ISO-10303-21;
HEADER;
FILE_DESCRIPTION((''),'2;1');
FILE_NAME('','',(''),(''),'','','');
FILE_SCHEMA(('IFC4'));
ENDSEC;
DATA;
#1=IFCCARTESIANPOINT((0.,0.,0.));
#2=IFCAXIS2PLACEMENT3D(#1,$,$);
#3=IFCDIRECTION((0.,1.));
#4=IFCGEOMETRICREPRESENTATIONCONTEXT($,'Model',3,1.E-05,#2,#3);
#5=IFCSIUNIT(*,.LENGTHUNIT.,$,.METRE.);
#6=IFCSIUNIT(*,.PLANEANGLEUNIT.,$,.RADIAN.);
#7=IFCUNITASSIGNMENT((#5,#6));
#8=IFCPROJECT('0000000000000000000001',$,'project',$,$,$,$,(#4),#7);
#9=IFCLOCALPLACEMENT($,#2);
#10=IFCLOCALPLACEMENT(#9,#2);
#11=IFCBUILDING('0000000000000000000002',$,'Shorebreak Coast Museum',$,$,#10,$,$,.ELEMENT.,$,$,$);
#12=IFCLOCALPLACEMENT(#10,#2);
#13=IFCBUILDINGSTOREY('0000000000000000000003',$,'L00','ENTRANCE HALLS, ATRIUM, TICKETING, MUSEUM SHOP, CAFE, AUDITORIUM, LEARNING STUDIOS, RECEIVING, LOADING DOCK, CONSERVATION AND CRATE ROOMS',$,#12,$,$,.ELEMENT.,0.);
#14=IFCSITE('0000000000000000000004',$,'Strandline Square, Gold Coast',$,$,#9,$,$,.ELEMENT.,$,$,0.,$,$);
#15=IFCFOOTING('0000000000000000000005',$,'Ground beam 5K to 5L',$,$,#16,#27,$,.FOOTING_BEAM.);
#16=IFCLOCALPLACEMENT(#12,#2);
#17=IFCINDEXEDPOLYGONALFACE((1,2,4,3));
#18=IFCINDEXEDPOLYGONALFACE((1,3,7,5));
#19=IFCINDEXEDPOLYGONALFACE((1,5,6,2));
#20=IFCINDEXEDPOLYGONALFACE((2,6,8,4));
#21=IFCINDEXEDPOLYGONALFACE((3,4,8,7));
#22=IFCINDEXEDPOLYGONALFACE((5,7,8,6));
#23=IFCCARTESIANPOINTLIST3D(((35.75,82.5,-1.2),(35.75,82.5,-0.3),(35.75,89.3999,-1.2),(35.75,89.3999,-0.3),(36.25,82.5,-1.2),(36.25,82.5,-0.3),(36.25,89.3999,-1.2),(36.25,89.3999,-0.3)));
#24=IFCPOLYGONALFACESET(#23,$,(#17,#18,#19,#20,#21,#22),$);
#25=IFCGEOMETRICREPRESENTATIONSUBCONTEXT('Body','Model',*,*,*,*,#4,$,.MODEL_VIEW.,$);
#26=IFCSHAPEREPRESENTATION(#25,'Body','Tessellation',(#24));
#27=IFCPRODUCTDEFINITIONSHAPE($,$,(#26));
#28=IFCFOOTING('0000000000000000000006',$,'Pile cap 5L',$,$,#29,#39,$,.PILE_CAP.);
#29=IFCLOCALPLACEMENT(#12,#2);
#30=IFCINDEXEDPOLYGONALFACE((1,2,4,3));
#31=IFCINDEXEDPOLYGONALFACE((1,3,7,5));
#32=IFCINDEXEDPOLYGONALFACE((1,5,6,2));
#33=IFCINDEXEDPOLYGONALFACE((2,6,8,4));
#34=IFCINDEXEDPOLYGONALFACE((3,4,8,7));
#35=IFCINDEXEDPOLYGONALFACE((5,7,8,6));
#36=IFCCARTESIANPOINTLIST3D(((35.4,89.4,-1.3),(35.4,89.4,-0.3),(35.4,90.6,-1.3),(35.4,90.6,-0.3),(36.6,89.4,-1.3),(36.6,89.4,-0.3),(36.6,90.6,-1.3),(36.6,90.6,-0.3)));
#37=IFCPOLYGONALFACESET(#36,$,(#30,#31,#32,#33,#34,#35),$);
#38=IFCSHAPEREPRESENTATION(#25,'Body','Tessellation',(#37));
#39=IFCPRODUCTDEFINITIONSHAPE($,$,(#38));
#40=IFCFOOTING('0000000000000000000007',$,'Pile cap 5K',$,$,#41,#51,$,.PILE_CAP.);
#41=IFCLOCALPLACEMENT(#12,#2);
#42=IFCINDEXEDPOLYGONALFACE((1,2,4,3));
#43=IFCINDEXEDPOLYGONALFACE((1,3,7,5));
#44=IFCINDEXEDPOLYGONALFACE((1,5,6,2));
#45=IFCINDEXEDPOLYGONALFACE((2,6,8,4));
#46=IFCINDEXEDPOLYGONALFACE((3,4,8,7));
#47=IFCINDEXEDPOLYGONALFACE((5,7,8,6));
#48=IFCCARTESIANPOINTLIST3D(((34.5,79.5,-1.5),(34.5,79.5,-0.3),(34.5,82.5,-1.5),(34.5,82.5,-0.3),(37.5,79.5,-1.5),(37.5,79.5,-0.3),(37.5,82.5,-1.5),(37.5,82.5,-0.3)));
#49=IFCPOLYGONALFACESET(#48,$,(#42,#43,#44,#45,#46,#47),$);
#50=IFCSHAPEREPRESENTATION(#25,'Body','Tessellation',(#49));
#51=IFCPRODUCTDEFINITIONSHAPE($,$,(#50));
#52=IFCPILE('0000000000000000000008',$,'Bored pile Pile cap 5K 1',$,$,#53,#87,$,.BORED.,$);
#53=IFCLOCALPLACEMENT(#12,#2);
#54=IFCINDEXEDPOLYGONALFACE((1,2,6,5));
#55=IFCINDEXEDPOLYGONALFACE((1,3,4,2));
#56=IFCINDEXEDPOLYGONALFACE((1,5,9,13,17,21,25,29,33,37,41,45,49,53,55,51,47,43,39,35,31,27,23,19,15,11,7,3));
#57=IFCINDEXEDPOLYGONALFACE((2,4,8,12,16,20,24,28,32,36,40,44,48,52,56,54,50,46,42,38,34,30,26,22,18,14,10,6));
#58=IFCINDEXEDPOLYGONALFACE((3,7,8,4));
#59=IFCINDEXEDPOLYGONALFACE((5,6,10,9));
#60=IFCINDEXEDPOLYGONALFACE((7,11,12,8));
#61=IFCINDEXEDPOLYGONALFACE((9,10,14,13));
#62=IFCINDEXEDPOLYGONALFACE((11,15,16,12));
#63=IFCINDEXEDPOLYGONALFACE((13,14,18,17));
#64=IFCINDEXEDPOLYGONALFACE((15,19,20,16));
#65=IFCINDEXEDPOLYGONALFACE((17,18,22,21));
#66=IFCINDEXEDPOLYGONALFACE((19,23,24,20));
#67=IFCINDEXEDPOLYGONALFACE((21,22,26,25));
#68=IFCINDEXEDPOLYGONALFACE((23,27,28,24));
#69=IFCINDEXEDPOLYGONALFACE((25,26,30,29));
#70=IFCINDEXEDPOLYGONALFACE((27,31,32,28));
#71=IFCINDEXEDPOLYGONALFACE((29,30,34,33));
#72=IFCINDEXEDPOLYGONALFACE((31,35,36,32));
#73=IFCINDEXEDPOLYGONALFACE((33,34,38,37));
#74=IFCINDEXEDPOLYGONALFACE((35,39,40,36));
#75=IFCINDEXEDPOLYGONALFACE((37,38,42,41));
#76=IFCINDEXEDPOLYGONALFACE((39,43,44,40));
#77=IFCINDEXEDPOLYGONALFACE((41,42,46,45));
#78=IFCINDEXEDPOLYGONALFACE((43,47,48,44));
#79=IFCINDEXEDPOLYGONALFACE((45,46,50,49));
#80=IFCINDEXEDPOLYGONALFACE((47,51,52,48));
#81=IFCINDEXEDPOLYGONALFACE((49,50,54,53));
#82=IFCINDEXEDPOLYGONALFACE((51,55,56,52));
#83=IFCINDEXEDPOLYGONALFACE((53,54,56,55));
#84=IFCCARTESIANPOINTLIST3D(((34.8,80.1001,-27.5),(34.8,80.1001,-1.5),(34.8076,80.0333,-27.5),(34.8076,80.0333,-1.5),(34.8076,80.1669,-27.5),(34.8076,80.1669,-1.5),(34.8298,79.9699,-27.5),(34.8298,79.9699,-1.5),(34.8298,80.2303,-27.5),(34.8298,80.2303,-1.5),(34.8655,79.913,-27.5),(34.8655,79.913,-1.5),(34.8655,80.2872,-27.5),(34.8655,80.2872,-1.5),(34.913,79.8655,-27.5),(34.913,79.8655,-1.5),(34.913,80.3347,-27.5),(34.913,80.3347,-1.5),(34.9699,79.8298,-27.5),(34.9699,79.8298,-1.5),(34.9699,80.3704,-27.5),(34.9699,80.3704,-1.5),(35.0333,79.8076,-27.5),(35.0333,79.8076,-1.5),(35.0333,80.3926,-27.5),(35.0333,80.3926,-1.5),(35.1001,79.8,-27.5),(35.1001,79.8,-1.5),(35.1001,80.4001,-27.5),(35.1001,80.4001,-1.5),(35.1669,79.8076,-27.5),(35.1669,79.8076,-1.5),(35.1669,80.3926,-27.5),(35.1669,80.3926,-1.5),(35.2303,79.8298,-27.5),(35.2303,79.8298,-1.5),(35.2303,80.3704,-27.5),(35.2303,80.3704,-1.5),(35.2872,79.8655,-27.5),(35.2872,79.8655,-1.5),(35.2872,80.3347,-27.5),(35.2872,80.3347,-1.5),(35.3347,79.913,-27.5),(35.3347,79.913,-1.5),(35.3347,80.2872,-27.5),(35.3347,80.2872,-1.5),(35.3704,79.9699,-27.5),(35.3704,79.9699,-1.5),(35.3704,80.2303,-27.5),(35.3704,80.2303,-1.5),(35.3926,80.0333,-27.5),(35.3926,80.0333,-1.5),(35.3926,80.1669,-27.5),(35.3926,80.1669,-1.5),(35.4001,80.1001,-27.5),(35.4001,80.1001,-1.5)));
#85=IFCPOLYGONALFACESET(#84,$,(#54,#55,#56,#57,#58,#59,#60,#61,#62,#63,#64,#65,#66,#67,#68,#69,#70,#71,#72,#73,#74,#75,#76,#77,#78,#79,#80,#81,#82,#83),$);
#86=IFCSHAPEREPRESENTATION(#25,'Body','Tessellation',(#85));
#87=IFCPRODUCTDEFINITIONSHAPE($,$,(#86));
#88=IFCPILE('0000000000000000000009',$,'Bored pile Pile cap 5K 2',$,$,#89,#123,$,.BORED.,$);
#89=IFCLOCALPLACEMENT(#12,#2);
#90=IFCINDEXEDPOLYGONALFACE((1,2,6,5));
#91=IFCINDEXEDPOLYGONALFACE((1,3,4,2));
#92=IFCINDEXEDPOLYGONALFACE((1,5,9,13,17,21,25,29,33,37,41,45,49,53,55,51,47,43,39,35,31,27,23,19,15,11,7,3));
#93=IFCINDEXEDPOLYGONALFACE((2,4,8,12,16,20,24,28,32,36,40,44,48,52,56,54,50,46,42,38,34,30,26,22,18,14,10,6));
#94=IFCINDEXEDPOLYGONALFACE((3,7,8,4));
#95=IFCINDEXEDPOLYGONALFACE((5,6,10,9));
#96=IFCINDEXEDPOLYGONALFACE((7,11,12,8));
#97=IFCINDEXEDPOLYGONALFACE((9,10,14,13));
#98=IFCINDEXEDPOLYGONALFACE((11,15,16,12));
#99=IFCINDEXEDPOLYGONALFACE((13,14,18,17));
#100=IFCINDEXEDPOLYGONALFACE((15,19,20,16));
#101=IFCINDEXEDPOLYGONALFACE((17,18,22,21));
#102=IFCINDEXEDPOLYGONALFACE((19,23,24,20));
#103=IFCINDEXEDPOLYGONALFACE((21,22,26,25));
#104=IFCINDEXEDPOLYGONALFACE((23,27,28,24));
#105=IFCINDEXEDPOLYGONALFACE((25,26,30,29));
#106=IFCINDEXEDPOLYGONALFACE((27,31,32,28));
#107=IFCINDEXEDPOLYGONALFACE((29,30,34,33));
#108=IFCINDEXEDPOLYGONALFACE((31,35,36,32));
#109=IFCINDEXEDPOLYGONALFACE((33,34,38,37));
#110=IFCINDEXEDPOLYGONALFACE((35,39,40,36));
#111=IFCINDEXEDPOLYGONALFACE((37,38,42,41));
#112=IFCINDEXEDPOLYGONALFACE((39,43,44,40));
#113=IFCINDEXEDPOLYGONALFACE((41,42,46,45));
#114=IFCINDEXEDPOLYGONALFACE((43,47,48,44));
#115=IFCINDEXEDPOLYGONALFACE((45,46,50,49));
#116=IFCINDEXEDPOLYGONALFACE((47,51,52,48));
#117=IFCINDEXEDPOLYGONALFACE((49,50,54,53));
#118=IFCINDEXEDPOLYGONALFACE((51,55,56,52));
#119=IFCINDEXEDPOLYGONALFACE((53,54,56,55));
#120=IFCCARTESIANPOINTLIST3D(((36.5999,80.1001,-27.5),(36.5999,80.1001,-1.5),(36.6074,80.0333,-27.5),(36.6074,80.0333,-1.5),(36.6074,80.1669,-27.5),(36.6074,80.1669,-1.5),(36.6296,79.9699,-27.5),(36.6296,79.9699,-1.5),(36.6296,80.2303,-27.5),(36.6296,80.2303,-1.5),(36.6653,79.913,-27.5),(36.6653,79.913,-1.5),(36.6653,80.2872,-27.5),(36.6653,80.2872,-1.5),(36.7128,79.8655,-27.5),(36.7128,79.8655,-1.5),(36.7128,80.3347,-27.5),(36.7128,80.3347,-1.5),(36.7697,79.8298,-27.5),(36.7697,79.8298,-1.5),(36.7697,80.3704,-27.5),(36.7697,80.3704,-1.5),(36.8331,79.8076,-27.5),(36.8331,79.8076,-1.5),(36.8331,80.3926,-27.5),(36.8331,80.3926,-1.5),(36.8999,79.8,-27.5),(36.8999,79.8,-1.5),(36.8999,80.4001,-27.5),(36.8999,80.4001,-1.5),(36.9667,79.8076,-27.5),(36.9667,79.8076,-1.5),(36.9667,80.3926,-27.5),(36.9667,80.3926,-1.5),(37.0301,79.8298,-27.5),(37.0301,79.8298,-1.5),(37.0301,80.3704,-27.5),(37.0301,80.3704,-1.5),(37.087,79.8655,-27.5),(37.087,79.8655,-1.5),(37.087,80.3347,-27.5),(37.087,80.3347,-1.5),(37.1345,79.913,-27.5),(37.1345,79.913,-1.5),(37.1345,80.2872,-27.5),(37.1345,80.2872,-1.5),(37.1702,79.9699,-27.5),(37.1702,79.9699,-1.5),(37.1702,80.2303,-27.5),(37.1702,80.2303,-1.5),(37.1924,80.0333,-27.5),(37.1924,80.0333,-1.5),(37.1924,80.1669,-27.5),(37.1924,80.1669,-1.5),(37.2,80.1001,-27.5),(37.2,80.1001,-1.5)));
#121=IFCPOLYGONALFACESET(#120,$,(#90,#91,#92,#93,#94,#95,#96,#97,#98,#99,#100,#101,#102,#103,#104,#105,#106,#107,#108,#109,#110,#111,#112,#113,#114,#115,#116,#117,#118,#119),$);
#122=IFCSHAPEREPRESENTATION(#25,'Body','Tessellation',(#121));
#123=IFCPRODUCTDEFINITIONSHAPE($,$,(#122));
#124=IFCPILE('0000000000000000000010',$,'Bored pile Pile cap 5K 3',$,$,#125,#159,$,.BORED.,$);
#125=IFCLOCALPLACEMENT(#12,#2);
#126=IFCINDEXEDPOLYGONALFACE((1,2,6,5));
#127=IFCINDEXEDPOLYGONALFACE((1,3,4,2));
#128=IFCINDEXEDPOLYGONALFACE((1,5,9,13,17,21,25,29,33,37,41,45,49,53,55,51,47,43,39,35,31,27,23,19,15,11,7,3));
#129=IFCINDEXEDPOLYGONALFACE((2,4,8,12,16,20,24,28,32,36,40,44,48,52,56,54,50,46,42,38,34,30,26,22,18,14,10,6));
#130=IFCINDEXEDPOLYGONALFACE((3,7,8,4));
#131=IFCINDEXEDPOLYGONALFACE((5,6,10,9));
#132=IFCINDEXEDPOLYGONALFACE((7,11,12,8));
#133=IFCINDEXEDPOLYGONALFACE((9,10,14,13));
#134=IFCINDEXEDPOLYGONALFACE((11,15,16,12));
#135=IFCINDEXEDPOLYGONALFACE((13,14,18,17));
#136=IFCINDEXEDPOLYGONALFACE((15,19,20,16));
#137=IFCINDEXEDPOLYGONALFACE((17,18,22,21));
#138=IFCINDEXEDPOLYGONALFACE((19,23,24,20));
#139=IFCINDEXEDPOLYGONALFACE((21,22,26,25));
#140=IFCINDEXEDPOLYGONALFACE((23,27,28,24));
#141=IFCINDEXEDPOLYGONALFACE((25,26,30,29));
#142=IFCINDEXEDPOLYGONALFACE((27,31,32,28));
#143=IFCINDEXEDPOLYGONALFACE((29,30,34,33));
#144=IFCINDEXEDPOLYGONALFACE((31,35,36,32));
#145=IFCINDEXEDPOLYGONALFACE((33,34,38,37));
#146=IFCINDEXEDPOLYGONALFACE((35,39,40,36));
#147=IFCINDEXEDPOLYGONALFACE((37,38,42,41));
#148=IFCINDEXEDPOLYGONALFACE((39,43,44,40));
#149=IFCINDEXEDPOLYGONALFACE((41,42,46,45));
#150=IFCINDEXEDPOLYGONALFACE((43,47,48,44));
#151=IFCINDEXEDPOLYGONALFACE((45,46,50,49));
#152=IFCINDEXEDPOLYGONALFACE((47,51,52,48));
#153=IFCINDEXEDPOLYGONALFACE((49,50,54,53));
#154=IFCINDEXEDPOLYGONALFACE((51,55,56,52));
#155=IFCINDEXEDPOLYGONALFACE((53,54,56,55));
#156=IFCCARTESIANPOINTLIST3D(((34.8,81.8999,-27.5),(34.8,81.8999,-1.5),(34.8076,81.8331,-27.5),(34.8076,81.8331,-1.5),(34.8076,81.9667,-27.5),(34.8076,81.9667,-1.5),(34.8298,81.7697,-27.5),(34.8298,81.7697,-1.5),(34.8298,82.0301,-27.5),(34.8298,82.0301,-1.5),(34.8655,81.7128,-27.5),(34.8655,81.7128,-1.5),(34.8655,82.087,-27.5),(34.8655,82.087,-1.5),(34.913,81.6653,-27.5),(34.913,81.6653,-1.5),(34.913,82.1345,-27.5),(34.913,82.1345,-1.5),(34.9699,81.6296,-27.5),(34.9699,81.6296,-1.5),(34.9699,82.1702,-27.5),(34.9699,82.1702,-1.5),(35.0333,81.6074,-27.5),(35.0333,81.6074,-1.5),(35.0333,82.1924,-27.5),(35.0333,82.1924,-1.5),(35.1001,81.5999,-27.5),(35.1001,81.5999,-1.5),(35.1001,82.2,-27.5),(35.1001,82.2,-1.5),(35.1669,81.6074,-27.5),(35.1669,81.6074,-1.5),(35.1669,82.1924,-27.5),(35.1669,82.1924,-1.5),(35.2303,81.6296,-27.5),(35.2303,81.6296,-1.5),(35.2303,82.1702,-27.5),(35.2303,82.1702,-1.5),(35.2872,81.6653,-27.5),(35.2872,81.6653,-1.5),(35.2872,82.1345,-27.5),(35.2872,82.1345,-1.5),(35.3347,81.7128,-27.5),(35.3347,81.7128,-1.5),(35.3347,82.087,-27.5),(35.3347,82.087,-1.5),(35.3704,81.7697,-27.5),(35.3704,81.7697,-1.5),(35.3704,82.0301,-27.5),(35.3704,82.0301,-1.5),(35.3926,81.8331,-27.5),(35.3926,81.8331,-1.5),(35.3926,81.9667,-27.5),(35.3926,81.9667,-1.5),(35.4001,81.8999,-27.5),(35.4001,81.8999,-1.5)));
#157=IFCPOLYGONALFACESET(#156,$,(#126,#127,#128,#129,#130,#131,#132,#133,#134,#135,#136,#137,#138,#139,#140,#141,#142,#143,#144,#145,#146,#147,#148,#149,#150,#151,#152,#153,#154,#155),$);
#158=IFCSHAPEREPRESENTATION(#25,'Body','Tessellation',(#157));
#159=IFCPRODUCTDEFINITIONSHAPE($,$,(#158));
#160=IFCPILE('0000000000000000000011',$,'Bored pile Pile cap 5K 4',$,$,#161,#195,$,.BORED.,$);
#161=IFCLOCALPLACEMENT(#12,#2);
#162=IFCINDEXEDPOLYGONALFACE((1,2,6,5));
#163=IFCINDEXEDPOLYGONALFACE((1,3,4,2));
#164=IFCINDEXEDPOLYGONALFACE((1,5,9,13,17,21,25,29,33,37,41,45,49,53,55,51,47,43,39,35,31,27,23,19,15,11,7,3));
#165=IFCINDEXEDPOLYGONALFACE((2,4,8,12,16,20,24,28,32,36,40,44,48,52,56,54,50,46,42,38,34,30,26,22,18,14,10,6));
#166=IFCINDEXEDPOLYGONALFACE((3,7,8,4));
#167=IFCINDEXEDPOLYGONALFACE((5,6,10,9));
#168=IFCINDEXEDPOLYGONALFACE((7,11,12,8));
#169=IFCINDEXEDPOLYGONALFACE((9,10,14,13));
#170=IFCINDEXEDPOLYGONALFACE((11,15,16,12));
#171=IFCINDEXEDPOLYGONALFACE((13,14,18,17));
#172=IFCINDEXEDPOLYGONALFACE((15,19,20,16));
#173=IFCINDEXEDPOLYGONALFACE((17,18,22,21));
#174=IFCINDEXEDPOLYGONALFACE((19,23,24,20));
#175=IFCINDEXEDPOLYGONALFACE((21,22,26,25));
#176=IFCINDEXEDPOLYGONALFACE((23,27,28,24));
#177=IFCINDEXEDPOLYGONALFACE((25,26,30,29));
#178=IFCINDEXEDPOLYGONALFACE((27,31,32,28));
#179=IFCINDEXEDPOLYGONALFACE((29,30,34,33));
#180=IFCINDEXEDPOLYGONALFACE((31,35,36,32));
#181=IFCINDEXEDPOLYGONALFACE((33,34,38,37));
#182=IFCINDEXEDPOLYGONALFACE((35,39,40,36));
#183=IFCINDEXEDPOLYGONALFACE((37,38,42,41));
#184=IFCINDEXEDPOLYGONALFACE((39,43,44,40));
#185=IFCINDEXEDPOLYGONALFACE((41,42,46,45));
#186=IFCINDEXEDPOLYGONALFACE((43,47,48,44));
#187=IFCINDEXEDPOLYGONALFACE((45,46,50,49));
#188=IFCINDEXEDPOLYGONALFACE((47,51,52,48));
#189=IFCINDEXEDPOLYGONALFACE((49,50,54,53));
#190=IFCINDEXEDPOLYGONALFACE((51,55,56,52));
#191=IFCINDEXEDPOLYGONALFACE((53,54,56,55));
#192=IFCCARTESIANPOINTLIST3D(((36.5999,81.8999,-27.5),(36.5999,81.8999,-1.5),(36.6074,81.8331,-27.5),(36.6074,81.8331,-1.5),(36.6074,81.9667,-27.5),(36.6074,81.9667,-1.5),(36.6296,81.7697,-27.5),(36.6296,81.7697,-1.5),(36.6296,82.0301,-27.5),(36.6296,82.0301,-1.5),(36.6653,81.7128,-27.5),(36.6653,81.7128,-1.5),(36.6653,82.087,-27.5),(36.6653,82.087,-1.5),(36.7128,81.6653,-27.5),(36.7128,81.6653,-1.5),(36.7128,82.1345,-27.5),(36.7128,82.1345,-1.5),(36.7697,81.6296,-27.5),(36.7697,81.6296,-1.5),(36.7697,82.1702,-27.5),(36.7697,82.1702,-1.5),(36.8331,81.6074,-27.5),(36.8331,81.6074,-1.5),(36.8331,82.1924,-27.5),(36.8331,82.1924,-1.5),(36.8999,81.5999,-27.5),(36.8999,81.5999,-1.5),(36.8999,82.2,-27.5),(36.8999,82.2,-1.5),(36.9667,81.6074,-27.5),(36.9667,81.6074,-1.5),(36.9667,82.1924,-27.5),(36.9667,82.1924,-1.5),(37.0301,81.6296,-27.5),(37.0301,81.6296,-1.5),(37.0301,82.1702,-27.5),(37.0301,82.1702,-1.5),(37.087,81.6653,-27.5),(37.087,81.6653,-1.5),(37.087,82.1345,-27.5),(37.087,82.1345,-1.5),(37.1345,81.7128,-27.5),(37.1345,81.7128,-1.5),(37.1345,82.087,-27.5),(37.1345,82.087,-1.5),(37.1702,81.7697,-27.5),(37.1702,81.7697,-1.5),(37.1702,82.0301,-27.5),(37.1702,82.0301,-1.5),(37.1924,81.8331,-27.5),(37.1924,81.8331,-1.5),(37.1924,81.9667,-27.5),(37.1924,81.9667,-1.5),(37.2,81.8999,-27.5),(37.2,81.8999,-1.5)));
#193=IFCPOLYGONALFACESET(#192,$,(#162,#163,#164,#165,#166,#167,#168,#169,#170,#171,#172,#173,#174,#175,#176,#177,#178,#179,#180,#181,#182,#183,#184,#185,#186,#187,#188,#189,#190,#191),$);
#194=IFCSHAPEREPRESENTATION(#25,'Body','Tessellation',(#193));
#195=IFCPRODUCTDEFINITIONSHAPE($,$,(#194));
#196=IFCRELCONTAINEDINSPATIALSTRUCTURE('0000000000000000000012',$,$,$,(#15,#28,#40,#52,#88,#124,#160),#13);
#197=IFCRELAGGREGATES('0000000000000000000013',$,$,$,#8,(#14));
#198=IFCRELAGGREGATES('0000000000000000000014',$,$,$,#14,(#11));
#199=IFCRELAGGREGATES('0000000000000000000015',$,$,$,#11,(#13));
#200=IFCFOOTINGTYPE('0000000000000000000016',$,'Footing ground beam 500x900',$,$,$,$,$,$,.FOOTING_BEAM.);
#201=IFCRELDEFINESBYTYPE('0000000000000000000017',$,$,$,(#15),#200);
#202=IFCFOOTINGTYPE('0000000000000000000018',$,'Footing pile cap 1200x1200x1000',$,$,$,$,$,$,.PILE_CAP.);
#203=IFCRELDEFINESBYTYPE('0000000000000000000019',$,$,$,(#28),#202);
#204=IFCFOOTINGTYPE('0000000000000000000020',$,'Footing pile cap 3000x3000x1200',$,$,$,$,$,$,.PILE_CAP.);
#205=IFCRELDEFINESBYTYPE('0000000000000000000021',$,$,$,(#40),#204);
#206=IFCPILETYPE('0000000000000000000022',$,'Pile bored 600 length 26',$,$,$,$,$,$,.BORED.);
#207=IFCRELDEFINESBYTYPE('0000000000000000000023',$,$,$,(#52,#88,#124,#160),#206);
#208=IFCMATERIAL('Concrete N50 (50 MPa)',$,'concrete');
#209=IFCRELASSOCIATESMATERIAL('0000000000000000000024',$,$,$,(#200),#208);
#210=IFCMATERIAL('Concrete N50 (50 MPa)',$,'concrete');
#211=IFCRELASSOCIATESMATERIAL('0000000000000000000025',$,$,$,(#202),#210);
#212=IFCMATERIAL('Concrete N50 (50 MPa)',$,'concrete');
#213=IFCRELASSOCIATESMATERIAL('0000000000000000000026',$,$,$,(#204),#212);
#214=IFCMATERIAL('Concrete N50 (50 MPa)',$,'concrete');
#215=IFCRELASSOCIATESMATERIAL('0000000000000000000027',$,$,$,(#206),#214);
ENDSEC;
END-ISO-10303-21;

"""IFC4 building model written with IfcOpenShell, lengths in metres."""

from ifc_helpers import new_model, si_unit, direction, frame, origin, origin_2d, place, context, subcontext, project, spatial, rectangle, circle, extrude, material, material_profile, profile_set, type_object, element, save


model = new_model("IFC4")

# Units and contexts
model_context = context("Model", 3, precision=1e-05, world=origin(), true_north=direction((0.0, 1.0)))
body_context = subcontext(model_context, "Body", "Model", "MODEL_VIEW")
ifc_project = project(units=[si_unit("LENGTHUNIT", "METRE"), si_unit("PLANEANGLEUNIT", "RADIAN")], contexts=[model_context])

# Site, building, storey
site_placement = place(None, origin())
site = spatial("IfcSite", under=ifc_project, at=site_placement, Name="Strandline Square, Gold Coast", CompositionType="ELEMENT", RefElevation=0.0)
building_placement = place(site_placement, origin())
building = spatial("IfcBuilding", under=site, at=building_placement, Name="Shorebreak Coast Museum", CompositionType="ELEMENT")
storey_placement = place(building_placement, origin())
storey = spatial("IfcBuildingStorey", under=building, at=storey_placement, Name="L00", Description="ENTRANCE HALLS, ATRIUM, TICKETING, MUSEUM SHOP, CAFE, AUDITORIUM, LEARNING STUDIOS, RECEIVING, LOADING DOCK, CONSERVATION AND CRATE ROOMS", CompositionType="ELEMENT", Elevation=0.0)

# Footings
ifc_material_1 = material(Name="Concrete N50 (50 MPa)", Category="concrete")
footing_type_1 = type_object("IfcFootingType", Name="Footing ground beam 500x900", PredefinedType="FOOTING_BEAM", material=ifc_material_1)
footing_1_placement = place(storey_placement, frame((36.0, 85.95, -1.2), z_axis=(0.0, 0.0, 1.0), x_axis=(1.0, 0.0, 0.0)))
element("IfcFooting", 1, at=footing_1_placement, inside=storey, type_object=footing_type_1, Name="Ground beam 5K to 5L", PredefinedType="FOOTING_BEAM", context=body_context, shape_type="SweptSolid", body=[
    extrude(rectangle(XDim=0.5, YDim=6.8999, at=origin_2d()), origin(), (0.0, 0.0, 1.0), 0.8999),
])
ifc_material_2 = material(Name="Concrete N50 (50 MPa)", Category="concrete")
footing_type_2 = type_object("IfcFootingType", Name="Footing pile cap 1200x1200x1000", PredefinedType="PILE_CAP", material=ifc_material_2)
footing_2_placement = place(storey_placement, frame((36.0, 90.0, -1.3), z_axis=(0.0, 0.0, 1.0), x_axis=(1.0, 0.0, 0.0)))
element("IfcFooting", 2, at=footing_2_placement, inside=storey, type_object=footing_type_2, Name="Pile cap 5L", PredefinedType="PILE_CAP", context=body_context, shape_type="SweptSolid", body=[
    extrude(rectangle(XDim=1.2, YDim=1.2, at=origin_2d()), origin(), (0.0, 0.0, 1.0), 1.0),
])
ifc_material_3 = material(Name="Concrete N50 (50 MPa)", Category="concrete")
footing_type_3 = type_object("IfcFootingType", Name="Footing pile cap 3000x3000x1200", PredefinedType="PILE_CAP", material=ifc_material_3)
footing_3_placement = place(storey_placement, frame((36.0, 81.0, -1.5), z_axis=(0.0, 0.0, 1.0), x_axis=(1.0, 0.0, 0.0)))
element("IfcFooting", 3, at=footing_3_placement, inside=storey, type_object=footing_type_3, Name="Pile cap 5K", PredefinedType="PILE_CAP", context=body_context, shape_type="SweptSolid", body=[
    extrude(rectangle(XDim=3.0, YDim=3.0, at=origin_2d()), origin(), (0.0, 0.0, 1.0), 1.2),
])

# Piles
ifc_material_4 = material(Name="Concrete N50 (50 MPa)", Category="concrete")
ifc_material_profile_1 = material_profile(ifc_material_4, circle(Radius=0.3, at=origin_2d()), Name="Pile bored 600 length 26")
ifc_profile_set_1 = profile_set([ifc_material_profile_1], Name="Concrete N50 (50 MPa)")
pile_type_1 = type_object("IfcPileType", Name="Pile bored 600 length 26", PredefinedType="BORED", material=ifc_profile_set_1)
for number, where, z_axis, x_axis, name in (
    (4, (35.1001, 80.1001, -1.5), (0.0, 0.0, -1.0), (1.0, 0.0, 0.0), "Bored pile Pile cap 5K 1"),
    (5, (36.8999, 80.1001, -1.5), (0.0, 0.0, -1.0), (1.0, 0.0, 0.0), "Bored pile Pile cap 5K 2"),
    (6, (35.1001, 81.8999, -1.5), (0.0, 0.0, -1.0), (1.0, 0.0, 0.0), "Bored pile Pile cap 5K 3"),
    (7, (36.8999, 81.8999, -1.5), (0.0, 0.0, -1.0), (1.0, 0.0, 0.0), "Bored pile Pile cap 5K 4"),
):
    element("IfcPile", number, at=place(storey_placement, frame(where, z_axis=z_axis, x_axis=x_axis)), inside=storey, type_object=pile_type_1, Name=name, PredefinedType="BORED", context=body_context, shape_type="SweptSolid", body=[
        extrude(circle(Radius=0.3, at=origin_2d()), origin(), (0.0, 0.0, 1.0), 26.0),
    ])

save(model, "model.ifc")
